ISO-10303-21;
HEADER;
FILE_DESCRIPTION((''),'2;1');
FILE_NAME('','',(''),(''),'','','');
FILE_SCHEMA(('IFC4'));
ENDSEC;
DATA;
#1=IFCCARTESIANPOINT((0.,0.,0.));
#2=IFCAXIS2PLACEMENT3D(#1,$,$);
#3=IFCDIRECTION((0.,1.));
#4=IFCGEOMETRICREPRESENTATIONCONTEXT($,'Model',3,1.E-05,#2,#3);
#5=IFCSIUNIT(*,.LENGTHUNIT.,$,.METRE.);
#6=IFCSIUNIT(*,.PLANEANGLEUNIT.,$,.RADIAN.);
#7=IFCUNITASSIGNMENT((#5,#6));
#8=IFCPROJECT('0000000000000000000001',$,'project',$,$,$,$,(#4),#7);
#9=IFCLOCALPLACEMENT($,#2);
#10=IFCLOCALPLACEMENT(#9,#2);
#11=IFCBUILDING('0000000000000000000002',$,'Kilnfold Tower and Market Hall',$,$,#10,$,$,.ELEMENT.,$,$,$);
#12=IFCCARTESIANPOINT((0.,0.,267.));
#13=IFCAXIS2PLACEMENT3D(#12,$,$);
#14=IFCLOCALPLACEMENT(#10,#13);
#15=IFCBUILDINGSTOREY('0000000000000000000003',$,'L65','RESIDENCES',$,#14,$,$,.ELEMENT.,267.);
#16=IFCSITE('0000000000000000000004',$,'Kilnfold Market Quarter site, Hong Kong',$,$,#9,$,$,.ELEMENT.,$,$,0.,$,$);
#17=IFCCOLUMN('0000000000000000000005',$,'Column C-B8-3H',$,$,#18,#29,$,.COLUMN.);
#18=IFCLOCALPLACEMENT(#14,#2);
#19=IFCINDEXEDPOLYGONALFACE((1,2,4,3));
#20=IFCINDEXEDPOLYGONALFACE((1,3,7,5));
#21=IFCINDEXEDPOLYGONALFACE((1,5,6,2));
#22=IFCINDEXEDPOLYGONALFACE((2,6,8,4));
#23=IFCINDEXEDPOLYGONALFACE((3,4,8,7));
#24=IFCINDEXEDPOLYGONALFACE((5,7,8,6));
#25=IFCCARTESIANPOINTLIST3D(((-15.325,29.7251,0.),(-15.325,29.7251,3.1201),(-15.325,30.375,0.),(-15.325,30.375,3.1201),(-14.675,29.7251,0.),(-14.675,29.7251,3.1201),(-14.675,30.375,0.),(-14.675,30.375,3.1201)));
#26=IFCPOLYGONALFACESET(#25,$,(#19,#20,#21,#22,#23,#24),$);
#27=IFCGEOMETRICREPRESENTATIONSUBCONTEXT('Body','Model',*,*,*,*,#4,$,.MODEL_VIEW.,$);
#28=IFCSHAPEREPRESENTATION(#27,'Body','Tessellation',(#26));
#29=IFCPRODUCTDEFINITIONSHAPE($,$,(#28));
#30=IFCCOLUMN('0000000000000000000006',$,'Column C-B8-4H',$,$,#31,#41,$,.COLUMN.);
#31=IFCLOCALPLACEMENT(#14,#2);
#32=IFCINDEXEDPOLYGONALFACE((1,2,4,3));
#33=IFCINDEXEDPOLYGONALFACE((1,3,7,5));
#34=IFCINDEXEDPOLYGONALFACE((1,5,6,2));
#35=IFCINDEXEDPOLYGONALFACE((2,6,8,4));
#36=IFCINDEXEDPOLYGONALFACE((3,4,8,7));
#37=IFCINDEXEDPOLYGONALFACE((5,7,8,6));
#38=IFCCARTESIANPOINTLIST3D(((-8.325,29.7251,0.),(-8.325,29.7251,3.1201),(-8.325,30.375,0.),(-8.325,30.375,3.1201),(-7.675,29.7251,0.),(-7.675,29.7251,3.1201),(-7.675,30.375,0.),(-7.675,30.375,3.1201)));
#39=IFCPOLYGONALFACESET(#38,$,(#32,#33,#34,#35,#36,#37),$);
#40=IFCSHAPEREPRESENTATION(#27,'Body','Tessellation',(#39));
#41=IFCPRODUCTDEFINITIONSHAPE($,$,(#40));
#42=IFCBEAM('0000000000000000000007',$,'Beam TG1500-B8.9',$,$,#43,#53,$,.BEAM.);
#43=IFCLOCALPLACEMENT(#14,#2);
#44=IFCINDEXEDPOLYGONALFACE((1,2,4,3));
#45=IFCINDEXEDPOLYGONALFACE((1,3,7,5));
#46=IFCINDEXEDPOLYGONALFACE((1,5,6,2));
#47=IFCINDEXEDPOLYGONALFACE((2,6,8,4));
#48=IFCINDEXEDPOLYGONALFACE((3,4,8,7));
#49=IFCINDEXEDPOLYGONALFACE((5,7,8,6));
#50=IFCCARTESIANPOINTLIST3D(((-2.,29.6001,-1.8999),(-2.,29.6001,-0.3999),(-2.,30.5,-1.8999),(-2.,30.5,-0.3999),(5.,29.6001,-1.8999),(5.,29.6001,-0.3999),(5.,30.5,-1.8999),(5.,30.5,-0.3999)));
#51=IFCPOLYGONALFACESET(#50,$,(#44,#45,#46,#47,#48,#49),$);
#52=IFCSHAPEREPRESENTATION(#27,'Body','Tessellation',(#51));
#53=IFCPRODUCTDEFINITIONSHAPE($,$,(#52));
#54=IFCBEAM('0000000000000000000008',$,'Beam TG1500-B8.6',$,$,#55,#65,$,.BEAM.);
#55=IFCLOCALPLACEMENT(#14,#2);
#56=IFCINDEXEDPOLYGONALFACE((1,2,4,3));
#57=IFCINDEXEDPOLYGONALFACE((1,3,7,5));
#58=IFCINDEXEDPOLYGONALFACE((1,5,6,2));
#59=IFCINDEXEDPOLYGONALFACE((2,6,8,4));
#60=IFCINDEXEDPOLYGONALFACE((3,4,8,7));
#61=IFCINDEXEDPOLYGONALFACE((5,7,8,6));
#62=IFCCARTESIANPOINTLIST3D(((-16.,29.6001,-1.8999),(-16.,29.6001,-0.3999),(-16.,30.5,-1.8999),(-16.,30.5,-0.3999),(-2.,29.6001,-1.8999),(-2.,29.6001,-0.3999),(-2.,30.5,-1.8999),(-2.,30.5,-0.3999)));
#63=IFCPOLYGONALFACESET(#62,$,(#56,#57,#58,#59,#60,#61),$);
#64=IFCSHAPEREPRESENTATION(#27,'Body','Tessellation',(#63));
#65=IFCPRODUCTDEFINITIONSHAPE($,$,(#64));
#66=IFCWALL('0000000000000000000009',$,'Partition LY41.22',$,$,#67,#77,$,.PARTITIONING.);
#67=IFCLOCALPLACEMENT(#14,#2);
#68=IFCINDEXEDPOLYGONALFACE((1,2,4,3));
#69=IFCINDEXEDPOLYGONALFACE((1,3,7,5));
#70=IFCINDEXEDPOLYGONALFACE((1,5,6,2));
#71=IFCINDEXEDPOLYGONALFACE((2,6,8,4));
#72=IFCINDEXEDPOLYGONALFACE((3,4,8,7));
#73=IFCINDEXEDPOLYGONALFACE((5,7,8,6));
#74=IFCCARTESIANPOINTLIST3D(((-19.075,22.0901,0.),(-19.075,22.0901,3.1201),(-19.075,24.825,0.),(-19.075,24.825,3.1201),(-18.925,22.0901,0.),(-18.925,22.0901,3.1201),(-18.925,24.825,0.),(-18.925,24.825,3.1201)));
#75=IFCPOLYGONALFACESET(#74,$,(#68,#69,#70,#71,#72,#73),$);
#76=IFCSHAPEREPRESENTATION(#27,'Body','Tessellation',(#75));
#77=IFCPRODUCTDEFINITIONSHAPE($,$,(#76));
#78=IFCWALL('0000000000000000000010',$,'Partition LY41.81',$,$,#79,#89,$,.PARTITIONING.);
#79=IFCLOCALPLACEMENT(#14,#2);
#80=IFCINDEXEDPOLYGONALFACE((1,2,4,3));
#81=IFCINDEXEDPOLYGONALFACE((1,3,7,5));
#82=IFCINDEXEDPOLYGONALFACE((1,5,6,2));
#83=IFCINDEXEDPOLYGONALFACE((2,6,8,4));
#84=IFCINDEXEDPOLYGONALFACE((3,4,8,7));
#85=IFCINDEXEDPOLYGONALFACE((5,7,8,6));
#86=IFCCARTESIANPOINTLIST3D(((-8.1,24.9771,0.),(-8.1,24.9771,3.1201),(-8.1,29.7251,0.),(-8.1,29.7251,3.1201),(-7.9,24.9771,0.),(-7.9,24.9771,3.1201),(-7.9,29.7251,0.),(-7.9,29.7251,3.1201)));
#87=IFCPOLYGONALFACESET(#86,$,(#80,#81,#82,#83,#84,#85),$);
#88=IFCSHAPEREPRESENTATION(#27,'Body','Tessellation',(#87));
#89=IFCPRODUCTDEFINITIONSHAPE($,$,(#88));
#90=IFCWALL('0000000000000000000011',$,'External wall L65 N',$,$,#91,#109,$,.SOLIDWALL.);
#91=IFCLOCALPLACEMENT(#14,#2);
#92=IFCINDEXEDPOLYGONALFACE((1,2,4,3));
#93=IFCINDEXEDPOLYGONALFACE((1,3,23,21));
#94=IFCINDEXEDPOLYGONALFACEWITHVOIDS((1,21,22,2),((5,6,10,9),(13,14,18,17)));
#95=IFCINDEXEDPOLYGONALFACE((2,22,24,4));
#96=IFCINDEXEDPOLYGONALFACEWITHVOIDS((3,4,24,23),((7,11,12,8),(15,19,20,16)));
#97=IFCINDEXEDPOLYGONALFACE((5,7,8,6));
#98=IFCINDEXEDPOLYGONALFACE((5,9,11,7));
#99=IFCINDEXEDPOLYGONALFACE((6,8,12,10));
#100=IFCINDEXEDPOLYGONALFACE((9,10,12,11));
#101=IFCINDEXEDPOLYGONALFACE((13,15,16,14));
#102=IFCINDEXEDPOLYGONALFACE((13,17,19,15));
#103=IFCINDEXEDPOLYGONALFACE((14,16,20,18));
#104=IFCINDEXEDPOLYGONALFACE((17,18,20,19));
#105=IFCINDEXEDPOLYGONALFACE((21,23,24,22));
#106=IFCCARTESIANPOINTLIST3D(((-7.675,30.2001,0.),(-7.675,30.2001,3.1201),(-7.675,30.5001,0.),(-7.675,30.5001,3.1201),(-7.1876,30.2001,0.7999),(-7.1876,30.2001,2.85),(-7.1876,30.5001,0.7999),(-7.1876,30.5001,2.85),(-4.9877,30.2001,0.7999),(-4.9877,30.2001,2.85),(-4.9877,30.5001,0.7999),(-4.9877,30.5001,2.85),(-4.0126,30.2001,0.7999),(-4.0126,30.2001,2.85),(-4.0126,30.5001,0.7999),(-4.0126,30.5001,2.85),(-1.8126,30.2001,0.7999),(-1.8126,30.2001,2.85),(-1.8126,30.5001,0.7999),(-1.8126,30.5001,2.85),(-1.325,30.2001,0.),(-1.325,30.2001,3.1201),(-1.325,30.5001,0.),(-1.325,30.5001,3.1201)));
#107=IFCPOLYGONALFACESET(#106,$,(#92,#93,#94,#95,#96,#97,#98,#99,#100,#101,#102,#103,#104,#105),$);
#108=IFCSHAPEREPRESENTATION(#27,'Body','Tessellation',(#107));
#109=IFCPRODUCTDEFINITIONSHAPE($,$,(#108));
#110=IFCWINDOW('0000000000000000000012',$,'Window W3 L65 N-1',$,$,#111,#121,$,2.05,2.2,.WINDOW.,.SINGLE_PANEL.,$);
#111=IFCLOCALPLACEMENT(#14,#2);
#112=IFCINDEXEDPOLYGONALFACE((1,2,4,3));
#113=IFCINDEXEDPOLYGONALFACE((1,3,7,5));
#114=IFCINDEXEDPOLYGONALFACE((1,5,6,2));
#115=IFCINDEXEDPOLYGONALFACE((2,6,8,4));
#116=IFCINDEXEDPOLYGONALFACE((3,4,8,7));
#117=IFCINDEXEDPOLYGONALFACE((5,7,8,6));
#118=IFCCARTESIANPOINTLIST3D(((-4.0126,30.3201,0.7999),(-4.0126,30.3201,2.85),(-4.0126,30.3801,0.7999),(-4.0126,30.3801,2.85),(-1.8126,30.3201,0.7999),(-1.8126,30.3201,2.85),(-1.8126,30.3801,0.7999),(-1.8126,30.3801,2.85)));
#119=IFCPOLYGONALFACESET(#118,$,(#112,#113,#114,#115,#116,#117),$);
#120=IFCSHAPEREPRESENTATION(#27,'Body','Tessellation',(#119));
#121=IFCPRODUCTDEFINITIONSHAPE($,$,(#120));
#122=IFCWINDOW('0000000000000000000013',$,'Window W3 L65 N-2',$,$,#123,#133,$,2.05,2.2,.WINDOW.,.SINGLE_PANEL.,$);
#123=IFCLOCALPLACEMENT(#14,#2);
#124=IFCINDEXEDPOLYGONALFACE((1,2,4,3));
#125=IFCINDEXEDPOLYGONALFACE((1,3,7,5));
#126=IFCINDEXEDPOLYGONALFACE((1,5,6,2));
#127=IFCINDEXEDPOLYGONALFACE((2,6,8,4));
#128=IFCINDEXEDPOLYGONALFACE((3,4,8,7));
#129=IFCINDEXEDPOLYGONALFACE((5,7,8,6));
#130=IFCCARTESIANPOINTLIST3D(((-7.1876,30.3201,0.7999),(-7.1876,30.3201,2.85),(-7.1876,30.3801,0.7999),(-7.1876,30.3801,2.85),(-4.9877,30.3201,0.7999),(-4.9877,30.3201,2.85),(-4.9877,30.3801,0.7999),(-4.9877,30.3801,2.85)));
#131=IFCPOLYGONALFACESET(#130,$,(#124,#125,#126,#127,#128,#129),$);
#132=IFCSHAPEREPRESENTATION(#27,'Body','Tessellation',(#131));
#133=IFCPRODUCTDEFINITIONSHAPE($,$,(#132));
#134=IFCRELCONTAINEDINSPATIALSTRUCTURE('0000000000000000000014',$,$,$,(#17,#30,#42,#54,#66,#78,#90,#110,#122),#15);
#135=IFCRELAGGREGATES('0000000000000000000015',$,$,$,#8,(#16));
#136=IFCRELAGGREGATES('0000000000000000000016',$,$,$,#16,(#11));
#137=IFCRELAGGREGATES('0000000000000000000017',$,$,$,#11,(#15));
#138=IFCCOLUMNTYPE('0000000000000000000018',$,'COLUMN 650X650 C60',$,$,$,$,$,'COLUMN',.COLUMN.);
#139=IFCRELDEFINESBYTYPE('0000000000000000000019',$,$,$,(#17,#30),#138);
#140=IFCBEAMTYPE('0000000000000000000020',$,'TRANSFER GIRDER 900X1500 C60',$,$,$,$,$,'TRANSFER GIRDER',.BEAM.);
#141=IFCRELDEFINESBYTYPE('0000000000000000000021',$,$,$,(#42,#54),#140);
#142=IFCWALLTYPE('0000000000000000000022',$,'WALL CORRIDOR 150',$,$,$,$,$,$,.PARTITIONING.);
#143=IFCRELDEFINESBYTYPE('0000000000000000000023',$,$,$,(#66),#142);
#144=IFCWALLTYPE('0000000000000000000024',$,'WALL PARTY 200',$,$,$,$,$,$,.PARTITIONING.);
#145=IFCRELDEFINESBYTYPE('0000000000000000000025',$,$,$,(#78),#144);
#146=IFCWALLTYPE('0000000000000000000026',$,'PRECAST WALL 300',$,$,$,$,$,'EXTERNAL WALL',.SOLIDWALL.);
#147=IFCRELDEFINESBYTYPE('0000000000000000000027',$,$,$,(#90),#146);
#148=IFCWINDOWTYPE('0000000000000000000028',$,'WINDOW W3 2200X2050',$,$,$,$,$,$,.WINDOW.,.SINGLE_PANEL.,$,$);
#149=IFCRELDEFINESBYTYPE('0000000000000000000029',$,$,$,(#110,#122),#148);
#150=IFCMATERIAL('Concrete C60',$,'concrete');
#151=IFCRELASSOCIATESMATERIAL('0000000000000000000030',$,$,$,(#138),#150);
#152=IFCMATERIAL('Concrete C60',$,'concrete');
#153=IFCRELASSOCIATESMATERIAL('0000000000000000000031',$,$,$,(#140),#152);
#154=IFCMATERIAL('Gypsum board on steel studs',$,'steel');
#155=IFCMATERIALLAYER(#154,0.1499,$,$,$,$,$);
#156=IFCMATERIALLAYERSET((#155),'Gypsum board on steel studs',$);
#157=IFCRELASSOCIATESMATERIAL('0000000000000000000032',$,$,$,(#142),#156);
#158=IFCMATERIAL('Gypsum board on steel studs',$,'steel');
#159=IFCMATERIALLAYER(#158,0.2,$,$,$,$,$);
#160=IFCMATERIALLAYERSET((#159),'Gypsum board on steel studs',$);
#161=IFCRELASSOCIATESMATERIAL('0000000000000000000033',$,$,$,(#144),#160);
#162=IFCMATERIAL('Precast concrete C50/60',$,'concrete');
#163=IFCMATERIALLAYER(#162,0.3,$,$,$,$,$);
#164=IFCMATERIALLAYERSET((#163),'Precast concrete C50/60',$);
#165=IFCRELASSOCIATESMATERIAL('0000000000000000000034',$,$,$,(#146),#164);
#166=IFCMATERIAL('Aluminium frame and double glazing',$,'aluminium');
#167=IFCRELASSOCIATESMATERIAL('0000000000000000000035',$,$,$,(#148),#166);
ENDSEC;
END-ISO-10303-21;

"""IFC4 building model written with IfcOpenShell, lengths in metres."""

from ifc_helpers import new_model, si_unit, direction, frame, frame_2d, origin, origin_2d, place, context, subcontext, project, spatial, rectangle, extrude, source, transform, mapped, material, layer, layer_set, material_profile, profile_set, type_object, element, fill, save


model = new_model("IFC4")

# Units and contexts
model_context = context("Model", 3, precision=1e-05, world=origin(), true_north=direction((0.0, 1.0)))
body_context = subcontext(model_context, "Body", "Model", "MODEL_VIEW")
ifc_project = project(units=[si_unit("LENGTHUNIT", "METRE"), si_unit("PLANEANGLEUNIT", "RADIAN")], contexts=[model_context])

# Site, building, storey
site_placement = place(None, origin())
site = spatial("IfcSite", under=ifc_project, at=site_placement, Name="Kilnfold Market Quarter site, Hong Kong", CompositionType="ELEMENT", RefElevation=0.0)
building_placement = place(site_placement, origin())
building = spatial("IfcBuilding", under=site, at=building_placement, Name="Kilnfold Tower and Market Hall", CompositionType="ELEMENT")
storey_placement = place(building_placement, frame((0.0, 0.0, 267.0)))
storey = spatial("IfcBuildingStorey", under=building, at=storey_placement, Name="L65", Description="RESIDENCES", CompositionType="ELEMENT", Elevation=267.0)

# Columns
ifc_material_1 = material(Name="Concrete C60", Category="concrete")
ifc_material_profile_1 = material_profile(ifc_material_1, rectangle(XDim=0.6499, YDim=0.6499, at=origin_2d()), Name="RC 650x650")
ifc_profile_set_1 = profile_set([ifc_material_profile_1], Name="Concrete C60")
column_type = type_object("IfcColumnType", Name="COLUMN 650X650 C60", ElementType="COLUMN", PredefinedType="COLUMN", material=ifc_profile_set_1)
shared_shape_1 = source(origin(), body_context, "Body", "SweptSolid", [
    extrude(rectangle(XDim=0.6499, YDim=0.6499, at=origin_2d()), origin(), (0.0, 0.0, 1.0), 3.1201),
])
for number, where, z_axis, x_axis, name in (
    (1, (-15.0, 30.05, 0.0), (0.0, 0.0, 1.0), (1.0, 0.0, 0.0), "Column C-B8-3H"),
    (2, (-8.0, 30.05, 0.0), (0.0, 0.0, 1.0), (1.0, 0.0, 0.0), "Column C-B8-4H"),
):
    element("IfcColumn", number, at=place(storey_placement, frame(where, z_axis=z_axis, x_axis=x_axis)), inside=storey, type_object=column_type, Name=name, PredefinedType="COLUMN", context=body_context, shape_type="MappedRepresentation", body=[
        mapped(shared_shape_1, transform((0.0, 0.0, 0.0))),
    ])

# Beams
ifc_material_2 = material(Name="Concrete C60", Category="concrete")
ifc_material_profile_2 = material_profile(ifc_material_2, rectangle(XDim=0.8999, YDim=1.5, at=origin_2d()), Name="RC 900x1500")
ifc_profile_set_2 = profile_set([ifc_material_profile_2], Name="Concrete C60")
beam_type = type_object("IfcBeamType", Name="TRANSFER GIRDER 900X1500 C60", ElementType="TRANSFER GIRDER", PredefinedType="BEAM", material=ifc_profile_set_2)
shared_shape_2 = source(origin(), body_context, "Body", "SweptSolid", [
    extrude(rectangle(XDim=0.8999, YDim=1.5, at=origin_2d()), origin(), (0.0, 0.0, 1.0), 7.0),
])
beam_1_placement = place(storey_placement, frame((-2.0, 30.05, -1.1499), z_axis=(1.0, 0.0, 0.0), x_axis=(0.0, 1.0, 0.0)))
element("IfcBeam", 3, at=beam_1_placement, inside=storey, type_object=beam_type, Name="Beam TG1500-B8.9", PredefinedType="BEAM", context=body_context, shape_type="MappedRepresentation", body=[
    mapped(shared_shape_2, transform((0.0, 0.0, 0.0))),
])
shared_shape_3 = source(origin(), body_context, "Body", "SweptSolid", [
    extrude(rectangle(XDim=0.8999, YDim=1.5, at=origin_2d()), origin(), (0.0, 0.0, 1.0), 14.0),
])
beam_2_placement = place(storey_placement, frame((-16.0, 30.05, -1.1499), z_axis=(1.0, 0.0, 0.0), x_axis=(0.0, 1.0, 0.0)))
element("IfcBeam", 4, at=beam_2_placement, inside=storey, type_object=beam_type, Name="Beam TG1500-B8.6", PredefinedType="BEAM", context=body_context, shape_type="MappedRepresentation", body=[
    mapped(shared_shape_3, transform((0.0, 0.0, 0.0))),
])

# Walls
ifc_material_3 = material(Name="Gypsum board on steel studs", Category="steel")
ifc_layer_1 = layer(ifc_material_3, 0.1499)
ifc_layer_set_1 = layer_set([ifc_layer_1], Name="Gypsum board on steel studs")
wall_type_1 = type_object("IfcWallType", Name="WALL CORRIDOR 150", PredefinedType="PARTITIONING", material=ifc_layer_set_1)
wall_1_placement = place(storey_placement, frame((-19.0, 22.0901, 0.0), z_axis=(0.0, 0.0, 1.0), x_axis=(0.0, 1.0, 0.0)))
element("IfcWall", 5, at=wall_1_placement, inside=storey, type_object=wall_type_1, Name="Partition LY41.22", PredefinedType="PARTITIONING", context=body_context, shape_type="SweptSolid", body=[
    extrude(rectangle(XDim=2.7349, YDim=0.1499, at=frame_2d((1.3674, 0.0))), origin(), (0.0, 0.0, 1.0), 3.1201),
])
ifc_material_4 = material(Name="Gypsum board on steel studs", Category="steel")
ifc_layer_2 = layer(ifc_material_4, 0.2)
ifc_layer_set_2 = layer_set([ifc_layer_2], Name="Gypsum board on steel studs")
wall_type_2 = type_object("IfcWallType", Name="WALL PARTY 200", PredefinedType="PARTITIONING", material=ifc_layer_set_2)
wall_2_placement = place(storey_placement, frame((-8.0, 29.7251, 0.0), z_axis=(0.0, 0.0, 1.0), x_axis=(0.0, -1.0, 0.0)))
element("IfcWall", 6, at=wall_2_placement, inside=storey, type_object=wall_type_2, Name="Partition LY41.81", PredefinedType="PARTITIONING", context=body_context, shape_type="SweptSolid", body=[
    extrude(rectangle(XDim=4.748, YDim=0.2, at=frame_2d((2.374, 0.0))), origin(), (0.0, 0.0, 1.0), 3.1201),
])

# Wall, openings, windows
ifc_material_5 = material(Name="Precast concrete C50/60", Category="concrete")
ifc_layer_3 = layer(ifc_material_5, 0.3)
ifc_layer_set_3 = layer_set([ifc_layer_3], Name="Precast concrete C50/60")
wall_type_3 = type_object("IfcWallType", Name="PRECAST WALL 300", ElementType="EXTERNAL WALL", PredefinedType="SOLIDWALL", material=ifc_layer_set_3)
shared_shape_4 = source(origin(), body_context, "Body", "SweptSolid", [
    extrude(rectangle(XDim=6.3501, YDim=0.3, at=frame_2d((3.175, 0.0))), origin(), (0.0, 0.0, 1.0), 3.1201),
])
wall_3_placement = place(storey_placement, frame((-1.325, 30.3501, 0.0), z_axis=(0.0, 0.0, 1.0), x_axis=(-1.0, 0.0, 0.0)))
wall_3 = element("IfcWall", 7, at=wall_3_placement, inside=storey, type_object=wall_type_3, Name="External wall L65 N", PredefinedType="SOLIDWALL", context=body_context, shape_type="MappedRepresentation", body=[
    mapped(shared_shape_4, transform((0.0, 0.0, 0.0))),
])
opening_1_placement = place(wall_3_placement, frame((0.4875, 0.0, 0.8)))
opening_1 = element("IfcOpeningElement", 8, at=opening_1_placement, cuts=wall_3, PredefinedType="OPENING", context=body_context, shape_type="SweptSolid", body=[
    extrude(rectangle(XDim=2.2, YDim=2.05, at=frame_2d((1.1001, 1.0249))), frame((0.0, 0.1602, 0.0), z_axis=(0.0, -1.0, 0.0), x_axis=(1.0, 0.0, 0.0)), (0.0, 0.0, 1.0), 0.3201),
])
opening_2_placement = place(wall_3_placement, frame((3.6626, 0.0, 0.8)))
opening_2 = element("IfcOpeningElement", 9, at=opening_2_placement, cuts=wall_3, PredefinedType="OPENING", context=body_context, shape_type="SweptSolid", body=[
    extrude(rectangle(XDim=2.2, YDim=2.05, at=frame_2d((1.1001, 1.0249))), frame((0.0, 0.1602, 0.0), z_axis=(0.0, -1.0, 0.0), x_axis=(1.0, 0.0, 0.0)), (0.0, 0.0, 1.0), 0.3201),
])
ifc_material_6 = material(Name="Aluminium frame and double glazing", Category="aluminium")
window_type = type_object("IfcWindowType", Name="WINDOW W3 2200X2050", PartitioningType="SINGLE_PANEL", PredefinedType="WINDOW", material=ifc_material_6)
window_1_placement = place(opening_1_placement, origin())
window_1 = element("IfcWindow", 10, at=window_1_placement, inside=storey, type_object=window_type, Name="Window W3 L65 N-1", OverallHeight=2.05, OverallWidth=2.2, PartitioningType="SINGLE_PANEL", PredefinedType="WINDOW", context=body_context, shape_type="SweptSolid", body=[
    extrude(rectangle(XDim=2.2, YDim=2.05, at=frame_2d((1.1001, 1.0249))), frame((0.0, 0.03, 0.0), z_axis=(0.0, -1.0, 0.0), x_axis=(1.0, 0.0, 0.0)), (0.0, 0.0, 1.0), 0.0601),
])
fill(opening_1, window_1)
window_2_placement = place(opening_2_placement, origin())
window_2 = element("IfcWindow", 11, at=window_2_placement, inside=storey, type_object=window_type, Name="Window W3 L65 N-2", OverallHeight=2.05, OverallWidth=2.2, PartitioningType="SINGLE_PANEL", PredefinedType="WINDOW", context=body_context, shape_type="SweptSolid", body=[
    extrude(rectangle(XDim=2.2, YDim=2.05, at=frame_2d((1.1001, 1.0249))), frame((0.0, 0.03, 0.0), z_axis=(0.0, -1.0, 0.0), x_axis=(1.0, 0.0, 0.0)), (0.0, 0.0, 1.0), 0.0601),
])
fill(opening_2, window_2)

save(model, "model.ifc")
